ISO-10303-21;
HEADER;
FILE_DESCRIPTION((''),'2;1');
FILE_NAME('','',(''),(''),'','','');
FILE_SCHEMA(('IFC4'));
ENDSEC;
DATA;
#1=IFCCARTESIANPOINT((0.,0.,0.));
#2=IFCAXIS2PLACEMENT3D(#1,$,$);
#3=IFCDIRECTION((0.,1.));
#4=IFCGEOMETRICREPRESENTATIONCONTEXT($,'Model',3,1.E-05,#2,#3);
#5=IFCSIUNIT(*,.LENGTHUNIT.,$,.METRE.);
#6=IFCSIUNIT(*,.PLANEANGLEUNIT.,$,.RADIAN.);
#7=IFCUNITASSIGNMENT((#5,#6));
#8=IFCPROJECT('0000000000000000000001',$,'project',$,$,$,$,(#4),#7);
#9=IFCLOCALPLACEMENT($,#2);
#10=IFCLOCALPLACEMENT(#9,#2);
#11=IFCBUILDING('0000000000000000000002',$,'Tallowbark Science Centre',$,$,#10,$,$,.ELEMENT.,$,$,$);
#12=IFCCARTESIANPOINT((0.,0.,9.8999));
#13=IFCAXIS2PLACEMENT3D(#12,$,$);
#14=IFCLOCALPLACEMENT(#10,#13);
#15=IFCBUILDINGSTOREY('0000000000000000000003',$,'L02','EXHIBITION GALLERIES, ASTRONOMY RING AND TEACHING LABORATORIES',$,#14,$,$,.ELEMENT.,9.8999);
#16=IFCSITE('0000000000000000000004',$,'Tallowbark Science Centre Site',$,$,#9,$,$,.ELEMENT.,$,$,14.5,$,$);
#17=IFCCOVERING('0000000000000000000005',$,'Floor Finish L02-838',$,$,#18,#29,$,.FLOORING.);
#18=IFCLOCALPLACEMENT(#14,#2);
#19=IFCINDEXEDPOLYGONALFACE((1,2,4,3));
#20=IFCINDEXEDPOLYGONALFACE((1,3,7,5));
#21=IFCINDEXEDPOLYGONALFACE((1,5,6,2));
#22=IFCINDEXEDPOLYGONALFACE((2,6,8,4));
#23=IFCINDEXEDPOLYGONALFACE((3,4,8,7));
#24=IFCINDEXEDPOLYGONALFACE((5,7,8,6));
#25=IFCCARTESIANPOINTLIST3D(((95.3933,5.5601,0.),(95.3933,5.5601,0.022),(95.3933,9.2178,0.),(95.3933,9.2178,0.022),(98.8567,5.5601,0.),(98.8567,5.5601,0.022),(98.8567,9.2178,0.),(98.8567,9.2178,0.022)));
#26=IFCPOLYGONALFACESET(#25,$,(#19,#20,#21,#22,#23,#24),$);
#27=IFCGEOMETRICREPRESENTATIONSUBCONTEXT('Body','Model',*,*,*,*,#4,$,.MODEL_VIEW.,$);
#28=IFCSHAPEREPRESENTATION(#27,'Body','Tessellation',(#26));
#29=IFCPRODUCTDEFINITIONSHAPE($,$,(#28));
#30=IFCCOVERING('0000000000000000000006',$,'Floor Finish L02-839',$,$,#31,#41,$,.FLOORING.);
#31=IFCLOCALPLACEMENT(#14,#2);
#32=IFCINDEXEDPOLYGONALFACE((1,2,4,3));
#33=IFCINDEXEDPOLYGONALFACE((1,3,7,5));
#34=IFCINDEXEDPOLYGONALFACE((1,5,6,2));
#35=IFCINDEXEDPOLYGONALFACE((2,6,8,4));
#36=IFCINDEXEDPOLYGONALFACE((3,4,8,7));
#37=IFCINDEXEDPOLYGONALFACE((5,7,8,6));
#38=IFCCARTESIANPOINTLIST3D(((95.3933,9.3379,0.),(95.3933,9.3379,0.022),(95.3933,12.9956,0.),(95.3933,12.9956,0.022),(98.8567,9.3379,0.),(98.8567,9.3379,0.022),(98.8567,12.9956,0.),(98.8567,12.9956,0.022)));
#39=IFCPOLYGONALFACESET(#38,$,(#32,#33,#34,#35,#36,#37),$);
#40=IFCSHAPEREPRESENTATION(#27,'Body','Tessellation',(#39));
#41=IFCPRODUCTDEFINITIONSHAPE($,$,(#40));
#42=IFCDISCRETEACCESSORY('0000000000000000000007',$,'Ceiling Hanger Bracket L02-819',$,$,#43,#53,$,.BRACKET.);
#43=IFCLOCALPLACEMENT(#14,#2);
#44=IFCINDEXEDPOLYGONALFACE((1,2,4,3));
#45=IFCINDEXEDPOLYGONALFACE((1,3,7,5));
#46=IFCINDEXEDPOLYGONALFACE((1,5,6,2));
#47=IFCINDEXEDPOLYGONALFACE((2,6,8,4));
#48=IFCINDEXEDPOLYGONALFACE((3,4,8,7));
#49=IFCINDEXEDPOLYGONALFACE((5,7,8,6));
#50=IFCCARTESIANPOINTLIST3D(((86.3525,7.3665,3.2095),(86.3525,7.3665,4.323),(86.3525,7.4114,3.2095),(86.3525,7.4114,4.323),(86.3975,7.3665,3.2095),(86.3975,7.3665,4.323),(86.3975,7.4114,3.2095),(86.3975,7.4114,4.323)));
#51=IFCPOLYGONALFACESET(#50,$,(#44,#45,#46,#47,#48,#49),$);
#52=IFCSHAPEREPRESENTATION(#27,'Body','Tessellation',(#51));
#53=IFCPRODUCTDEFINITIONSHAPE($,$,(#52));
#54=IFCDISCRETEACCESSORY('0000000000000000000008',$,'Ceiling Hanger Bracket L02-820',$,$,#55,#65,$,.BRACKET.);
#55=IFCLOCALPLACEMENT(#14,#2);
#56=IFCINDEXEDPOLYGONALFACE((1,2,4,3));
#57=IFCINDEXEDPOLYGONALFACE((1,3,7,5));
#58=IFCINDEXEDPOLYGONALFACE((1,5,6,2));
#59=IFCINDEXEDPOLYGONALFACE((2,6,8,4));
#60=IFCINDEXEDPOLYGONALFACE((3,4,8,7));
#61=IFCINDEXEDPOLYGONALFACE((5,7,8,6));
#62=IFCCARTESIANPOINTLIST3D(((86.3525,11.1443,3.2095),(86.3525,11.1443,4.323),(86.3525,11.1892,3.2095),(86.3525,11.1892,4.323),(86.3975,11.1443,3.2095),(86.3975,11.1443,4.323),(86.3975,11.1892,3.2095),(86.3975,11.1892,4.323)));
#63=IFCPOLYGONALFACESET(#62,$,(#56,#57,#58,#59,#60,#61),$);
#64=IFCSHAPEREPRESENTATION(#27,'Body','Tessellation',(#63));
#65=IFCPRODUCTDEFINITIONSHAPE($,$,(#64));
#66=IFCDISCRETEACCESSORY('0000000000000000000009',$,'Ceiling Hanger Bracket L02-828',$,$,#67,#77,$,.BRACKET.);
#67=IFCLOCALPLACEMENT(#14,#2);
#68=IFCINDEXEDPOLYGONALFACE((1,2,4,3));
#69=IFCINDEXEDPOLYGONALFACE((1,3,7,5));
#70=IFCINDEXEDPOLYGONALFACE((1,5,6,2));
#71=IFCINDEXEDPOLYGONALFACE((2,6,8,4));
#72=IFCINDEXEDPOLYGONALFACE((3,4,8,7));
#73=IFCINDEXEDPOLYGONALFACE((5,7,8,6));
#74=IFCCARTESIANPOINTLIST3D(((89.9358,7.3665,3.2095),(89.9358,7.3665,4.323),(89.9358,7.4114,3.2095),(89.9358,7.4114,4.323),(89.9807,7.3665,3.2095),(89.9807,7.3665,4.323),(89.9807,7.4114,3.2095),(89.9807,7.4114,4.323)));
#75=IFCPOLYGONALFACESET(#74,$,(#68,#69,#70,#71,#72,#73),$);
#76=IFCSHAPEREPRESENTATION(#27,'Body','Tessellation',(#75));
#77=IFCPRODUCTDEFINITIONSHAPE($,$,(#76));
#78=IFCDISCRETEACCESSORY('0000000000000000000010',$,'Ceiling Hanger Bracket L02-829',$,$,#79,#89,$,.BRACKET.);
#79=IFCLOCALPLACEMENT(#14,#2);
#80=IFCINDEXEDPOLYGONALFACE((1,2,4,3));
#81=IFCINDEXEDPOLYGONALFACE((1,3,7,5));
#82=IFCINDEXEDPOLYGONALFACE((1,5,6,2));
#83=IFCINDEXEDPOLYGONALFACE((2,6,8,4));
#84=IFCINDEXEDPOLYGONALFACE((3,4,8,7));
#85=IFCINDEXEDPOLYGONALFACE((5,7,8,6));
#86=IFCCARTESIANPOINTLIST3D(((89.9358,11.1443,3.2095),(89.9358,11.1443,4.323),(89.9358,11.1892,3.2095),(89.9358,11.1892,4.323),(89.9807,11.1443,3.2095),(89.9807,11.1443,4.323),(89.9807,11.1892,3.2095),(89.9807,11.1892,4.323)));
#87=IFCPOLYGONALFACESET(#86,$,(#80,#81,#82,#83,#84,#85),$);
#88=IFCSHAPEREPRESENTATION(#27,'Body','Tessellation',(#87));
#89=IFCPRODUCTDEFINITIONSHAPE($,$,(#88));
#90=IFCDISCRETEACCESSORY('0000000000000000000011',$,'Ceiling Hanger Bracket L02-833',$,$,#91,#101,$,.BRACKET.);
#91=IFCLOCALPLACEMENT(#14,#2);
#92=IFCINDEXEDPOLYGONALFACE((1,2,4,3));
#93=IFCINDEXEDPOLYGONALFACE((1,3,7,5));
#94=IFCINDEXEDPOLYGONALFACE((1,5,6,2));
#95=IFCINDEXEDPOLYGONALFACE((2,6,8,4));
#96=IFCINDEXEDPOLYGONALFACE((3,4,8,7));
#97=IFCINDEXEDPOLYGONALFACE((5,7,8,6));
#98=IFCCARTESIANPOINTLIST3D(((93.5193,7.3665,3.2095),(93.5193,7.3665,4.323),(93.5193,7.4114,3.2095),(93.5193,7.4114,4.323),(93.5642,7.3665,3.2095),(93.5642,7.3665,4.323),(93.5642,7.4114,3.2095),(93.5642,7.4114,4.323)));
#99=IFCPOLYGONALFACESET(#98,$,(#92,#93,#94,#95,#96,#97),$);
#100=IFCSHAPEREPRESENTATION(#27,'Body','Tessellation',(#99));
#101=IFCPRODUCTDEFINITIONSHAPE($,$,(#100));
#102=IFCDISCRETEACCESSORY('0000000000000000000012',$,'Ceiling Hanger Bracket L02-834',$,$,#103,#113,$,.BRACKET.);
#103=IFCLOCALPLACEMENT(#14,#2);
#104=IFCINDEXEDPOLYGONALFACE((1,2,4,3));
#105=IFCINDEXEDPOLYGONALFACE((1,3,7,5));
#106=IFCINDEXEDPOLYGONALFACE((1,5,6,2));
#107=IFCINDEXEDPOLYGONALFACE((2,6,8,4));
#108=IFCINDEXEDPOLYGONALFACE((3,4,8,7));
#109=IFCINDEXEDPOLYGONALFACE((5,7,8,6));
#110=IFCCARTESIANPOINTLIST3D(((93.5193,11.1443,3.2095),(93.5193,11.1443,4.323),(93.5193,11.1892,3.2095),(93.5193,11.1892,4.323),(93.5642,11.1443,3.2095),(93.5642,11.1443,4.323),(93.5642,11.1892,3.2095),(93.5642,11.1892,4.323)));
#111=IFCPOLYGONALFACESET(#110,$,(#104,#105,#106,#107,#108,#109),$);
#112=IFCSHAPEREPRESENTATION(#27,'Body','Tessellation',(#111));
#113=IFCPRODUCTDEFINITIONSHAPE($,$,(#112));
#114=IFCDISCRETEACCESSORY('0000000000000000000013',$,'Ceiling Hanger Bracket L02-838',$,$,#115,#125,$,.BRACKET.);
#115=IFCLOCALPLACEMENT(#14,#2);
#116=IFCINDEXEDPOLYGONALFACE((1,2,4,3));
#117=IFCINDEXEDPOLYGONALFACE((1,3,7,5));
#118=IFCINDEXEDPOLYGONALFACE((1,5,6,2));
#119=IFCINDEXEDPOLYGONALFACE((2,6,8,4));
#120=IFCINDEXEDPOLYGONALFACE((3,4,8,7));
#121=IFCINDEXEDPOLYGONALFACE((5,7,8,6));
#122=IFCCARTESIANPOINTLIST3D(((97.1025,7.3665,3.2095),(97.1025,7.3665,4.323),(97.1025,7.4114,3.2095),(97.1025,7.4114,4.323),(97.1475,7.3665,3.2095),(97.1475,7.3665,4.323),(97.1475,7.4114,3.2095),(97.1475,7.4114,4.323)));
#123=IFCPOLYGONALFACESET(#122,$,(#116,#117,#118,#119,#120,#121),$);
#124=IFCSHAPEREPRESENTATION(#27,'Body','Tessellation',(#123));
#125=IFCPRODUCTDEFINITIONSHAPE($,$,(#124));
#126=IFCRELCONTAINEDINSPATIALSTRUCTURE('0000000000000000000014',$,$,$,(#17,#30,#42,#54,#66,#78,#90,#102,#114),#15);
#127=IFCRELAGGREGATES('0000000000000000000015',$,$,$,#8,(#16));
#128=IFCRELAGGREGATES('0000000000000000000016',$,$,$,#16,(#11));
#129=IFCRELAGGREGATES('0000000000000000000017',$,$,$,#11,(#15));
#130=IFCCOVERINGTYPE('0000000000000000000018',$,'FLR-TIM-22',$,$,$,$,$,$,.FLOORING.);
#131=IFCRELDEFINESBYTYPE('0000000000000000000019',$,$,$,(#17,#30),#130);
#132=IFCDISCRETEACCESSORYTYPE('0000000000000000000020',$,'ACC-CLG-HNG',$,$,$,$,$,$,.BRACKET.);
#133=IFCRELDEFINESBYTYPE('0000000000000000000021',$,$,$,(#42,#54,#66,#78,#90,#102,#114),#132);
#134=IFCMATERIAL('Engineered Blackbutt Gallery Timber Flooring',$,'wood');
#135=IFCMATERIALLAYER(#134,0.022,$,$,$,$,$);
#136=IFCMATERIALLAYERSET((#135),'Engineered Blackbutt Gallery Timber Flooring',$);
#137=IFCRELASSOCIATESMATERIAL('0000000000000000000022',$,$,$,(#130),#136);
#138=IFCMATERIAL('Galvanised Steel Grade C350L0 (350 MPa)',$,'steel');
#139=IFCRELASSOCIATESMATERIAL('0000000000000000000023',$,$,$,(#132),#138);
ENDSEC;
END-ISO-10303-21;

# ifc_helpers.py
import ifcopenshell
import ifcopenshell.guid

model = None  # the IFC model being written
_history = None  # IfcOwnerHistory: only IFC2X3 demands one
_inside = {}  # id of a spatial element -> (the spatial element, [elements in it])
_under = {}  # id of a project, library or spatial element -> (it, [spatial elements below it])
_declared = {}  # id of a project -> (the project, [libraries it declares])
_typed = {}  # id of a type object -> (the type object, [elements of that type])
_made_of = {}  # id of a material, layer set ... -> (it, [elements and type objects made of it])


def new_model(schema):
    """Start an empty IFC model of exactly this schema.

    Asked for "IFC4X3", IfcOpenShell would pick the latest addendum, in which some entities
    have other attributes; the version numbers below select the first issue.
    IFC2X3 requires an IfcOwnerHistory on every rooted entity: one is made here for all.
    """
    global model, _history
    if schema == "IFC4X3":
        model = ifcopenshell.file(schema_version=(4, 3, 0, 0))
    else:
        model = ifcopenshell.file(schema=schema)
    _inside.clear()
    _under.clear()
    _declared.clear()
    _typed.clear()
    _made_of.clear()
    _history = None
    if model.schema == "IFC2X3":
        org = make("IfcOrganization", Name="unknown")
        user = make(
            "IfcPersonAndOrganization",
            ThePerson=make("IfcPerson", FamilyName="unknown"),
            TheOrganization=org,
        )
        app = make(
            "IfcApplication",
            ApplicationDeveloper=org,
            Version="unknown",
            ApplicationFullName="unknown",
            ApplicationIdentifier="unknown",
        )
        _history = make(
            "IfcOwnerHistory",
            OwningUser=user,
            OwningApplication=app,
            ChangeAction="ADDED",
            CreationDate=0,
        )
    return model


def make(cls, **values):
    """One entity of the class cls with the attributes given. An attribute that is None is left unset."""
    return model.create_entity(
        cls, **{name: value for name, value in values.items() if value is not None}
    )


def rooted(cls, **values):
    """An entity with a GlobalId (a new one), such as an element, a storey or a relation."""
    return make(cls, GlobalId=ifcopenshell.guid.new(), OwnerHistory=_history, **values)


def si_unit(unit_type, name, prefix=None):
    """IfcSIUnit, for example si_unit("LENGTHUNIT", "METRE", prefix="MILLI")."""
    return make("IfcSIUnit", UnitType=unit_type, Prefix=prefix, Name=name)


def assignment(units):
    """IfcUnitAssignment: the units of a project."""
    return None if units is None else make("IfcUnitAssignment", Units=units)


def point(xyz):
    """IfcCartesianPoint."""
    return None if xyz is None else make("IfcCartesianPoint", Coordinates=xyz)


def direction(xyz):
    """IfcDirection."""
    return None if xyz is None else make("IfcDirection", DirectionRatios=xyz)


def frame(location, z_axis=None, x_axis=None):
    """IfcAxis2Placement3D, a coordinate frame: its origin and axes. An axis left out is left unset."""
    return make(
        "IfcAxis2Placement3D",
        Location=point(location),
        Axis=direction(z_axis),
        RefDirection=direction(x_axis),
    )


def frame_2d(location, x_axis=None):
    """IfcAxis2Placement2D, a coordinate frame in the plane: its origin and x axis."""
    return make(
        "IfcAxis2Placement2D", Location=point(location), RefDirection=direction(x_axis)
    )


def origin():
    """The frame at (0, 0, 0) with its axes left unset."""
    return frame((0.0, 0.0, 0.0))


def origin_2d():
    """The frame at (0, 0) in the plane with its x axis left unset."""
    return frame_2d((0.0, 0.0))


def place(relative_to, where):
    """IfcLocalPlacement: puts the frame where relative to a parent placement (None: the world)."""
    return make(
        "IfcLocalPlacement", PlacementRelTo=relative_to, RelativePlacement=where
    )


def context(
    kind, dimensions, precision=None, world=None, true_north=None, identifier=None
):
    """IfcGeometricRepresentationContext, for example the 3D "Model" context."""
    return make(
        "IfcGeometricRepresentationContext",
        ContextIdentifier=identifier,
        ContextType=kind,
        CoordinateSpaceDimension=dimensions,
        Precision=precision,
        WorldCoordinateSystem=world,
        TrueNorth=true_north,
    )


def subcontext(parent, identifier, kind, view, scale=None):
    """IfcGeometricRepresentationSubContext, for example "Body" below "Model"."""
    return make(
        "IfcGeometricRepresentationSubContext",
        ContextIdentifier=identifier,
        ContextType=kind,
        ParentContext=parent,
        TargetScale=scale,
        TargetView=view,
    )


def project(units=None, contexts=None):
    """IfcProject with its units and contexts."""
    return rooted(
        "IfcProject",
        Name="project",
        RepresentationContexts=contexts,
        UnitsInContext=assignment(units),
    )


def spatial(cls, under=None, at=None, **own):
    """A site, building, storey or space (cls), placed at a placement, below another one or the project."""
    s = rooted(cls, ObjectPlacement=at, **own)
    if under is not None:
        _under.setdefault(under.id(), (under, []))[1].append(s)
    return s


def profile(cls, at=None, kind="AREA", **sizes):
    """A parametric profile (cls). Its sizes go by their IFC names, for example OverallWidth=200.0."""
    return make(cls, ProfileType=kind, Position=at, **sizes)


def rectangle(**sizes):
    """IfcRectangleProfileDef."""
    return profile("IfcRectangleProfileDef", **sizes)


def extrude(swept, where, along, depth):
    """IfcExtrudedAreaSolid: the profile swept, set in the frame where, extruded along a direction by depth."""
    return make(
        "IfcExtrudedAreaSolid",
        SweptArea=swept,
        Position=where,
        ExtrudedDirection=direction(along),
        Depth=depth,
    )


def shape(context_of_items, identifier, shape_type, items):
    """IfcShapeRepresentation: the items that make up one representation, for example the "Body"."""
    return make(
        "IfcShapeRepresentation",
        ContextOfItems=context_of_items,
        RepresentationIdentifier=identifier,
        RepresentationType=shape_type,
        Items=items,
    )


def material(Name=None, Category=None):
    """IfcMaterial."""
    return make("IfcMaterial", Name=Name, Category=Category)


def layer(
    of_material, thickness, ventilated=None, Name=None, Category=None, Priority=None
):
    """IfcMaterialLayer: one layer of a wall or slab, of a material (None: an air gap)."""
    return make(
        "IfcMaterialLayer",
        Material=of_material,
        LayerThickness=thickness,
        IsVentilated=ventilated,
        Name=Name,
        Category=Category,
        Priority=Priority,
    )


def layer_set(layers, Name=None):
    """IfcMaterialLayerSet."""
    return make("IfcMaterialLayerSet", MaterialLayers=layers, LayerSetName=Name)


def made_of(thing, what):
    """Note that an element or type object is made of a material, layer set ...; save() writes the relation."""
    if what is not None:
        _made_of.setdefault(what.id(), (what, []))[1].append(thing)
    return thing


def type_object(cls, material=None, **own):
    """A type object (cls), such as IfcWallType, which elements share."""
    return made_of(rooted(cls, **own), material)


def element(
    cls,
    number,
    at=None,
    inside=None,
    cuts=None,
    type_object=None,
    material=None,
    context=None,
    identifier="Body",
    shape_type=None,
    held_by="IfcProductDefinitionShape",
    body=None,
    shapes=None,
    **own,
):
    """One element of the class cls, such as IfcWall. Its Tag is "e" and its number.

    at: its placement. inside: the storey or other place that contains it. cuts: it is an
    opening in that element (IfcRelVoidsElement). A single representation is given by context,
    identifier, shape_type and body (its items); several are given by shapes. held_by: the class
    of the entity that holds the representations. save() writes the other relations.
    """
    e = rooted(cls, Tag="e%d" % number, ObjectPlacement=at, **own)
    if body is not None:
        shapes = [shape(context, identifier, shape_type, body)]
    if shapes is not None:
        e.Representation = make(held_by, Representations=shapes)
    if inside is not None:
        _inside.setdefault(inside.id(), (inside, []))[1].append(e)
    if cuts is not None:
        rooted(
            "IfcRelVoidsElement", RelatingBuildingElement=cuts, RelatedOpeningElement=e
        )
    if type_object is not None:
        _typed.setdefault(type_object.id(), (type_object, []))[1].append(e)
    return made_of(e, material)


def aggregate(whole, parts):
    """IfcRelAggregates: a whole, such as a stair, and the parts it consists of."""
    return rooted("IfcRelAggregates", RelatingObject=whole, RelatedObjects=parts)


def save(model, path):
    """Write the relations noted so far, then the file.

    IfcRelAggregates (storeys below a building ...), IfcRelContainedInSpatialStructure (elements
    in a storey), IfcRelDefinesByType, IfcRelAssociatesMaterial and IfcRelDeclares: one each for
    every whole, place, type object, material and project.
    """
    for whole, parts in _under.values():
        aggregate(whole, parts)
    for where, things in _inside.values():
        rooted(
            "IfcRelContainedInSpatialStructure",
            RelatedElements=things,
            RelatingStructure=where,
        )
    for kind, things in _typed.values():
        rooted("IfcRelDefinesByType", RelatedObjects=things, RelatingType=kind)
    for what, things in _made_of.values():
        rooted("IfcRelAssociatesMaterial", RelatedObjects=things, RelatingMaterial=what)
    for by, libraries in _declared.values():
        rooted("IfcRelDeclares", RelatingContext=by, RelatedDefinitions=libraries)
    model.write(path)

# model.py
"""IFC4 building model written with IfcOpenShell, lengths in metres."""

from ifc_helpers import new_model, si_unit, direction, frame, origin, origin_2d, place, context, subcontext, project, spatial, rectangle, extrude, material, layer, layer_set, type_object, element, save


model = new_model("IFC4")

# Units and contexts
model_context = context("Model", 3, precision=1e-05, world=origin(), true_north=direction((0.0, 1.0)))
body_context = subcontext(model_context, "Body", "Model", "MODEL_VIEW")
ifc_project = project(units=[si_unit("LENGTHUNIT", "METRE"), si_unit("PLANEANGLEUNIT", "RADIAN")], contexts=[model_context])

# Site, building, storey
site_placement = place(None, origin())
site = spatial("IfcSite", under=ifc_project, at=site_placement, Name="Tallowbark Science Centre Site", CompositionType="ELEMENT", RefElevation=14.5)
building_placement = place(site_placement, origin())
building = spatial("IfcBuilding", under=site, at=building_placement, Name="Tallowbark Science Centre", CompositionType="ELEMENT")
storey_placement = place(building_placement, frame((0.0, 0.0, 9.8999)))
storey = spatial("IfcBuildingStorey", under=building, at=storey_placement, Name="L02", Description="EXHIBITION GALLERIES, ASTRONOMY RING AND TEACHING LABORATORIES", CompositionType="ELEMENT", Elevation=9.8999)

# Coverings
ifc_material_1 = material(Name="Engineered Blackbutt Gallery Timber Flooring", Category="wood")
ifc_layer_1 = layer(ifc_material_1, 0.022)
ifc_layer_set_1 = layer_set([ifc_layer_1], Name="Engineered Blackbutt Gallery Timber Flooring")
covering_type_1 = type_object("IfcCoveringType", Name="FLR-TIM-22", PredefinedType="FLOORING", material=ifc_layer_set_1)
for number, where, z_axis, x_axis, name in (
    (1, (97.125, 7.3889, 0.0), (0.0, 0.0, 1.0), (1.0, 0.0, 0.0), "Floor Finish L02-838"),
    (2, (97.125, 11.1667, 0.0), (0.0, 0.0, 1.0), (1.0, 0.0, 0.0), "Floor Finish L02-839"),
):
    element("IfcCovering", number, at=place(storey_placement, frame(where, z_axis=z_axis, x_axis=x_axis)), inside=storey, type_object=covering_type_1, Name=name, PredefinedType="FLOORING", context=body_context, shape_type="SweptSolid", body=[
        extrude(rectangle(XDim=3.4634, YDim=3.6577, at=origin_2d()), origin(), (0.0, 0.0, 1.0), 0.022),
    ])

# Discrete accessories
ifc_material_2 = material(Name="Galvanised Steel Grade C350L0 (350 MPa)", Category="steel")
discrete_accessory_type = type_object("IfcDiscreteAccessoryType", Name="ACC-CLG-HNG", PredefinedType="BRACKET", material=ifc_material_2)
for number, where, z_axis, x_axis, name in (
    (3, (86.375, 7.3889, 3.2095), (0.0, 0.0, 1.0), (1.0, 0.0, 0.0), "Ceiling Hanger Bracket L02-819"),
    (4, (86.375, 11.1667, 3.2095), (0.0, 0.0, 1.0), (1.0, 0.0, 0.0), "Ceiling Hanger Bracket L02-820"),
    (5, (89.9583, 7.3889, 3.2095), (0.0, 0.0, 1.0), (1.0, 0.0, 0.0), "Ceiling Hanger Bracket L02-828"),
    (6, (89.9583, 11.1667, 3.2095), (0.0, 0.0, 1.0), (1.0, 0.0, 0.0), "Ceiling Hanger Bracket L02-829"),
    (7, (93.5417, 7.3889, 3.2095), (0.0, 0.0, 1.0), (1.0, 0.0, 0.0), "Ceiling Hanger Bracket L02-833"),
    (8, (93.5417, 11.1667, 3.2095), (0.0, 0.0, 1.0), (1.0, 0.0, 0.0), "Ceiling Hanger Bracket L02-834"),
    (9, (97.125, 7.3889, 3.2095), (0.0, 0.0, 1.0), (1.0, 0.0, 0.0), "Ceiling Hanger Bracket L02-838"),
):
    element("IfcDiscreteAccessory", number, at=place(storey_placement, frame(where, z_axis=z_axis, x_axis=x_axis)), inside=storey, type_object=discrete_accessory_type, Name=name, PredefinedType="BRACKET", context=body_context, shape_type="SweptSolid", body=[
        extrude(rectangle(XDim=0.0449, YDim=0.0449, at=origin_2d()), origin(), (0.0, 0.0, 1.0), 1.1135),
    ])

save(model, "model.ifc")
